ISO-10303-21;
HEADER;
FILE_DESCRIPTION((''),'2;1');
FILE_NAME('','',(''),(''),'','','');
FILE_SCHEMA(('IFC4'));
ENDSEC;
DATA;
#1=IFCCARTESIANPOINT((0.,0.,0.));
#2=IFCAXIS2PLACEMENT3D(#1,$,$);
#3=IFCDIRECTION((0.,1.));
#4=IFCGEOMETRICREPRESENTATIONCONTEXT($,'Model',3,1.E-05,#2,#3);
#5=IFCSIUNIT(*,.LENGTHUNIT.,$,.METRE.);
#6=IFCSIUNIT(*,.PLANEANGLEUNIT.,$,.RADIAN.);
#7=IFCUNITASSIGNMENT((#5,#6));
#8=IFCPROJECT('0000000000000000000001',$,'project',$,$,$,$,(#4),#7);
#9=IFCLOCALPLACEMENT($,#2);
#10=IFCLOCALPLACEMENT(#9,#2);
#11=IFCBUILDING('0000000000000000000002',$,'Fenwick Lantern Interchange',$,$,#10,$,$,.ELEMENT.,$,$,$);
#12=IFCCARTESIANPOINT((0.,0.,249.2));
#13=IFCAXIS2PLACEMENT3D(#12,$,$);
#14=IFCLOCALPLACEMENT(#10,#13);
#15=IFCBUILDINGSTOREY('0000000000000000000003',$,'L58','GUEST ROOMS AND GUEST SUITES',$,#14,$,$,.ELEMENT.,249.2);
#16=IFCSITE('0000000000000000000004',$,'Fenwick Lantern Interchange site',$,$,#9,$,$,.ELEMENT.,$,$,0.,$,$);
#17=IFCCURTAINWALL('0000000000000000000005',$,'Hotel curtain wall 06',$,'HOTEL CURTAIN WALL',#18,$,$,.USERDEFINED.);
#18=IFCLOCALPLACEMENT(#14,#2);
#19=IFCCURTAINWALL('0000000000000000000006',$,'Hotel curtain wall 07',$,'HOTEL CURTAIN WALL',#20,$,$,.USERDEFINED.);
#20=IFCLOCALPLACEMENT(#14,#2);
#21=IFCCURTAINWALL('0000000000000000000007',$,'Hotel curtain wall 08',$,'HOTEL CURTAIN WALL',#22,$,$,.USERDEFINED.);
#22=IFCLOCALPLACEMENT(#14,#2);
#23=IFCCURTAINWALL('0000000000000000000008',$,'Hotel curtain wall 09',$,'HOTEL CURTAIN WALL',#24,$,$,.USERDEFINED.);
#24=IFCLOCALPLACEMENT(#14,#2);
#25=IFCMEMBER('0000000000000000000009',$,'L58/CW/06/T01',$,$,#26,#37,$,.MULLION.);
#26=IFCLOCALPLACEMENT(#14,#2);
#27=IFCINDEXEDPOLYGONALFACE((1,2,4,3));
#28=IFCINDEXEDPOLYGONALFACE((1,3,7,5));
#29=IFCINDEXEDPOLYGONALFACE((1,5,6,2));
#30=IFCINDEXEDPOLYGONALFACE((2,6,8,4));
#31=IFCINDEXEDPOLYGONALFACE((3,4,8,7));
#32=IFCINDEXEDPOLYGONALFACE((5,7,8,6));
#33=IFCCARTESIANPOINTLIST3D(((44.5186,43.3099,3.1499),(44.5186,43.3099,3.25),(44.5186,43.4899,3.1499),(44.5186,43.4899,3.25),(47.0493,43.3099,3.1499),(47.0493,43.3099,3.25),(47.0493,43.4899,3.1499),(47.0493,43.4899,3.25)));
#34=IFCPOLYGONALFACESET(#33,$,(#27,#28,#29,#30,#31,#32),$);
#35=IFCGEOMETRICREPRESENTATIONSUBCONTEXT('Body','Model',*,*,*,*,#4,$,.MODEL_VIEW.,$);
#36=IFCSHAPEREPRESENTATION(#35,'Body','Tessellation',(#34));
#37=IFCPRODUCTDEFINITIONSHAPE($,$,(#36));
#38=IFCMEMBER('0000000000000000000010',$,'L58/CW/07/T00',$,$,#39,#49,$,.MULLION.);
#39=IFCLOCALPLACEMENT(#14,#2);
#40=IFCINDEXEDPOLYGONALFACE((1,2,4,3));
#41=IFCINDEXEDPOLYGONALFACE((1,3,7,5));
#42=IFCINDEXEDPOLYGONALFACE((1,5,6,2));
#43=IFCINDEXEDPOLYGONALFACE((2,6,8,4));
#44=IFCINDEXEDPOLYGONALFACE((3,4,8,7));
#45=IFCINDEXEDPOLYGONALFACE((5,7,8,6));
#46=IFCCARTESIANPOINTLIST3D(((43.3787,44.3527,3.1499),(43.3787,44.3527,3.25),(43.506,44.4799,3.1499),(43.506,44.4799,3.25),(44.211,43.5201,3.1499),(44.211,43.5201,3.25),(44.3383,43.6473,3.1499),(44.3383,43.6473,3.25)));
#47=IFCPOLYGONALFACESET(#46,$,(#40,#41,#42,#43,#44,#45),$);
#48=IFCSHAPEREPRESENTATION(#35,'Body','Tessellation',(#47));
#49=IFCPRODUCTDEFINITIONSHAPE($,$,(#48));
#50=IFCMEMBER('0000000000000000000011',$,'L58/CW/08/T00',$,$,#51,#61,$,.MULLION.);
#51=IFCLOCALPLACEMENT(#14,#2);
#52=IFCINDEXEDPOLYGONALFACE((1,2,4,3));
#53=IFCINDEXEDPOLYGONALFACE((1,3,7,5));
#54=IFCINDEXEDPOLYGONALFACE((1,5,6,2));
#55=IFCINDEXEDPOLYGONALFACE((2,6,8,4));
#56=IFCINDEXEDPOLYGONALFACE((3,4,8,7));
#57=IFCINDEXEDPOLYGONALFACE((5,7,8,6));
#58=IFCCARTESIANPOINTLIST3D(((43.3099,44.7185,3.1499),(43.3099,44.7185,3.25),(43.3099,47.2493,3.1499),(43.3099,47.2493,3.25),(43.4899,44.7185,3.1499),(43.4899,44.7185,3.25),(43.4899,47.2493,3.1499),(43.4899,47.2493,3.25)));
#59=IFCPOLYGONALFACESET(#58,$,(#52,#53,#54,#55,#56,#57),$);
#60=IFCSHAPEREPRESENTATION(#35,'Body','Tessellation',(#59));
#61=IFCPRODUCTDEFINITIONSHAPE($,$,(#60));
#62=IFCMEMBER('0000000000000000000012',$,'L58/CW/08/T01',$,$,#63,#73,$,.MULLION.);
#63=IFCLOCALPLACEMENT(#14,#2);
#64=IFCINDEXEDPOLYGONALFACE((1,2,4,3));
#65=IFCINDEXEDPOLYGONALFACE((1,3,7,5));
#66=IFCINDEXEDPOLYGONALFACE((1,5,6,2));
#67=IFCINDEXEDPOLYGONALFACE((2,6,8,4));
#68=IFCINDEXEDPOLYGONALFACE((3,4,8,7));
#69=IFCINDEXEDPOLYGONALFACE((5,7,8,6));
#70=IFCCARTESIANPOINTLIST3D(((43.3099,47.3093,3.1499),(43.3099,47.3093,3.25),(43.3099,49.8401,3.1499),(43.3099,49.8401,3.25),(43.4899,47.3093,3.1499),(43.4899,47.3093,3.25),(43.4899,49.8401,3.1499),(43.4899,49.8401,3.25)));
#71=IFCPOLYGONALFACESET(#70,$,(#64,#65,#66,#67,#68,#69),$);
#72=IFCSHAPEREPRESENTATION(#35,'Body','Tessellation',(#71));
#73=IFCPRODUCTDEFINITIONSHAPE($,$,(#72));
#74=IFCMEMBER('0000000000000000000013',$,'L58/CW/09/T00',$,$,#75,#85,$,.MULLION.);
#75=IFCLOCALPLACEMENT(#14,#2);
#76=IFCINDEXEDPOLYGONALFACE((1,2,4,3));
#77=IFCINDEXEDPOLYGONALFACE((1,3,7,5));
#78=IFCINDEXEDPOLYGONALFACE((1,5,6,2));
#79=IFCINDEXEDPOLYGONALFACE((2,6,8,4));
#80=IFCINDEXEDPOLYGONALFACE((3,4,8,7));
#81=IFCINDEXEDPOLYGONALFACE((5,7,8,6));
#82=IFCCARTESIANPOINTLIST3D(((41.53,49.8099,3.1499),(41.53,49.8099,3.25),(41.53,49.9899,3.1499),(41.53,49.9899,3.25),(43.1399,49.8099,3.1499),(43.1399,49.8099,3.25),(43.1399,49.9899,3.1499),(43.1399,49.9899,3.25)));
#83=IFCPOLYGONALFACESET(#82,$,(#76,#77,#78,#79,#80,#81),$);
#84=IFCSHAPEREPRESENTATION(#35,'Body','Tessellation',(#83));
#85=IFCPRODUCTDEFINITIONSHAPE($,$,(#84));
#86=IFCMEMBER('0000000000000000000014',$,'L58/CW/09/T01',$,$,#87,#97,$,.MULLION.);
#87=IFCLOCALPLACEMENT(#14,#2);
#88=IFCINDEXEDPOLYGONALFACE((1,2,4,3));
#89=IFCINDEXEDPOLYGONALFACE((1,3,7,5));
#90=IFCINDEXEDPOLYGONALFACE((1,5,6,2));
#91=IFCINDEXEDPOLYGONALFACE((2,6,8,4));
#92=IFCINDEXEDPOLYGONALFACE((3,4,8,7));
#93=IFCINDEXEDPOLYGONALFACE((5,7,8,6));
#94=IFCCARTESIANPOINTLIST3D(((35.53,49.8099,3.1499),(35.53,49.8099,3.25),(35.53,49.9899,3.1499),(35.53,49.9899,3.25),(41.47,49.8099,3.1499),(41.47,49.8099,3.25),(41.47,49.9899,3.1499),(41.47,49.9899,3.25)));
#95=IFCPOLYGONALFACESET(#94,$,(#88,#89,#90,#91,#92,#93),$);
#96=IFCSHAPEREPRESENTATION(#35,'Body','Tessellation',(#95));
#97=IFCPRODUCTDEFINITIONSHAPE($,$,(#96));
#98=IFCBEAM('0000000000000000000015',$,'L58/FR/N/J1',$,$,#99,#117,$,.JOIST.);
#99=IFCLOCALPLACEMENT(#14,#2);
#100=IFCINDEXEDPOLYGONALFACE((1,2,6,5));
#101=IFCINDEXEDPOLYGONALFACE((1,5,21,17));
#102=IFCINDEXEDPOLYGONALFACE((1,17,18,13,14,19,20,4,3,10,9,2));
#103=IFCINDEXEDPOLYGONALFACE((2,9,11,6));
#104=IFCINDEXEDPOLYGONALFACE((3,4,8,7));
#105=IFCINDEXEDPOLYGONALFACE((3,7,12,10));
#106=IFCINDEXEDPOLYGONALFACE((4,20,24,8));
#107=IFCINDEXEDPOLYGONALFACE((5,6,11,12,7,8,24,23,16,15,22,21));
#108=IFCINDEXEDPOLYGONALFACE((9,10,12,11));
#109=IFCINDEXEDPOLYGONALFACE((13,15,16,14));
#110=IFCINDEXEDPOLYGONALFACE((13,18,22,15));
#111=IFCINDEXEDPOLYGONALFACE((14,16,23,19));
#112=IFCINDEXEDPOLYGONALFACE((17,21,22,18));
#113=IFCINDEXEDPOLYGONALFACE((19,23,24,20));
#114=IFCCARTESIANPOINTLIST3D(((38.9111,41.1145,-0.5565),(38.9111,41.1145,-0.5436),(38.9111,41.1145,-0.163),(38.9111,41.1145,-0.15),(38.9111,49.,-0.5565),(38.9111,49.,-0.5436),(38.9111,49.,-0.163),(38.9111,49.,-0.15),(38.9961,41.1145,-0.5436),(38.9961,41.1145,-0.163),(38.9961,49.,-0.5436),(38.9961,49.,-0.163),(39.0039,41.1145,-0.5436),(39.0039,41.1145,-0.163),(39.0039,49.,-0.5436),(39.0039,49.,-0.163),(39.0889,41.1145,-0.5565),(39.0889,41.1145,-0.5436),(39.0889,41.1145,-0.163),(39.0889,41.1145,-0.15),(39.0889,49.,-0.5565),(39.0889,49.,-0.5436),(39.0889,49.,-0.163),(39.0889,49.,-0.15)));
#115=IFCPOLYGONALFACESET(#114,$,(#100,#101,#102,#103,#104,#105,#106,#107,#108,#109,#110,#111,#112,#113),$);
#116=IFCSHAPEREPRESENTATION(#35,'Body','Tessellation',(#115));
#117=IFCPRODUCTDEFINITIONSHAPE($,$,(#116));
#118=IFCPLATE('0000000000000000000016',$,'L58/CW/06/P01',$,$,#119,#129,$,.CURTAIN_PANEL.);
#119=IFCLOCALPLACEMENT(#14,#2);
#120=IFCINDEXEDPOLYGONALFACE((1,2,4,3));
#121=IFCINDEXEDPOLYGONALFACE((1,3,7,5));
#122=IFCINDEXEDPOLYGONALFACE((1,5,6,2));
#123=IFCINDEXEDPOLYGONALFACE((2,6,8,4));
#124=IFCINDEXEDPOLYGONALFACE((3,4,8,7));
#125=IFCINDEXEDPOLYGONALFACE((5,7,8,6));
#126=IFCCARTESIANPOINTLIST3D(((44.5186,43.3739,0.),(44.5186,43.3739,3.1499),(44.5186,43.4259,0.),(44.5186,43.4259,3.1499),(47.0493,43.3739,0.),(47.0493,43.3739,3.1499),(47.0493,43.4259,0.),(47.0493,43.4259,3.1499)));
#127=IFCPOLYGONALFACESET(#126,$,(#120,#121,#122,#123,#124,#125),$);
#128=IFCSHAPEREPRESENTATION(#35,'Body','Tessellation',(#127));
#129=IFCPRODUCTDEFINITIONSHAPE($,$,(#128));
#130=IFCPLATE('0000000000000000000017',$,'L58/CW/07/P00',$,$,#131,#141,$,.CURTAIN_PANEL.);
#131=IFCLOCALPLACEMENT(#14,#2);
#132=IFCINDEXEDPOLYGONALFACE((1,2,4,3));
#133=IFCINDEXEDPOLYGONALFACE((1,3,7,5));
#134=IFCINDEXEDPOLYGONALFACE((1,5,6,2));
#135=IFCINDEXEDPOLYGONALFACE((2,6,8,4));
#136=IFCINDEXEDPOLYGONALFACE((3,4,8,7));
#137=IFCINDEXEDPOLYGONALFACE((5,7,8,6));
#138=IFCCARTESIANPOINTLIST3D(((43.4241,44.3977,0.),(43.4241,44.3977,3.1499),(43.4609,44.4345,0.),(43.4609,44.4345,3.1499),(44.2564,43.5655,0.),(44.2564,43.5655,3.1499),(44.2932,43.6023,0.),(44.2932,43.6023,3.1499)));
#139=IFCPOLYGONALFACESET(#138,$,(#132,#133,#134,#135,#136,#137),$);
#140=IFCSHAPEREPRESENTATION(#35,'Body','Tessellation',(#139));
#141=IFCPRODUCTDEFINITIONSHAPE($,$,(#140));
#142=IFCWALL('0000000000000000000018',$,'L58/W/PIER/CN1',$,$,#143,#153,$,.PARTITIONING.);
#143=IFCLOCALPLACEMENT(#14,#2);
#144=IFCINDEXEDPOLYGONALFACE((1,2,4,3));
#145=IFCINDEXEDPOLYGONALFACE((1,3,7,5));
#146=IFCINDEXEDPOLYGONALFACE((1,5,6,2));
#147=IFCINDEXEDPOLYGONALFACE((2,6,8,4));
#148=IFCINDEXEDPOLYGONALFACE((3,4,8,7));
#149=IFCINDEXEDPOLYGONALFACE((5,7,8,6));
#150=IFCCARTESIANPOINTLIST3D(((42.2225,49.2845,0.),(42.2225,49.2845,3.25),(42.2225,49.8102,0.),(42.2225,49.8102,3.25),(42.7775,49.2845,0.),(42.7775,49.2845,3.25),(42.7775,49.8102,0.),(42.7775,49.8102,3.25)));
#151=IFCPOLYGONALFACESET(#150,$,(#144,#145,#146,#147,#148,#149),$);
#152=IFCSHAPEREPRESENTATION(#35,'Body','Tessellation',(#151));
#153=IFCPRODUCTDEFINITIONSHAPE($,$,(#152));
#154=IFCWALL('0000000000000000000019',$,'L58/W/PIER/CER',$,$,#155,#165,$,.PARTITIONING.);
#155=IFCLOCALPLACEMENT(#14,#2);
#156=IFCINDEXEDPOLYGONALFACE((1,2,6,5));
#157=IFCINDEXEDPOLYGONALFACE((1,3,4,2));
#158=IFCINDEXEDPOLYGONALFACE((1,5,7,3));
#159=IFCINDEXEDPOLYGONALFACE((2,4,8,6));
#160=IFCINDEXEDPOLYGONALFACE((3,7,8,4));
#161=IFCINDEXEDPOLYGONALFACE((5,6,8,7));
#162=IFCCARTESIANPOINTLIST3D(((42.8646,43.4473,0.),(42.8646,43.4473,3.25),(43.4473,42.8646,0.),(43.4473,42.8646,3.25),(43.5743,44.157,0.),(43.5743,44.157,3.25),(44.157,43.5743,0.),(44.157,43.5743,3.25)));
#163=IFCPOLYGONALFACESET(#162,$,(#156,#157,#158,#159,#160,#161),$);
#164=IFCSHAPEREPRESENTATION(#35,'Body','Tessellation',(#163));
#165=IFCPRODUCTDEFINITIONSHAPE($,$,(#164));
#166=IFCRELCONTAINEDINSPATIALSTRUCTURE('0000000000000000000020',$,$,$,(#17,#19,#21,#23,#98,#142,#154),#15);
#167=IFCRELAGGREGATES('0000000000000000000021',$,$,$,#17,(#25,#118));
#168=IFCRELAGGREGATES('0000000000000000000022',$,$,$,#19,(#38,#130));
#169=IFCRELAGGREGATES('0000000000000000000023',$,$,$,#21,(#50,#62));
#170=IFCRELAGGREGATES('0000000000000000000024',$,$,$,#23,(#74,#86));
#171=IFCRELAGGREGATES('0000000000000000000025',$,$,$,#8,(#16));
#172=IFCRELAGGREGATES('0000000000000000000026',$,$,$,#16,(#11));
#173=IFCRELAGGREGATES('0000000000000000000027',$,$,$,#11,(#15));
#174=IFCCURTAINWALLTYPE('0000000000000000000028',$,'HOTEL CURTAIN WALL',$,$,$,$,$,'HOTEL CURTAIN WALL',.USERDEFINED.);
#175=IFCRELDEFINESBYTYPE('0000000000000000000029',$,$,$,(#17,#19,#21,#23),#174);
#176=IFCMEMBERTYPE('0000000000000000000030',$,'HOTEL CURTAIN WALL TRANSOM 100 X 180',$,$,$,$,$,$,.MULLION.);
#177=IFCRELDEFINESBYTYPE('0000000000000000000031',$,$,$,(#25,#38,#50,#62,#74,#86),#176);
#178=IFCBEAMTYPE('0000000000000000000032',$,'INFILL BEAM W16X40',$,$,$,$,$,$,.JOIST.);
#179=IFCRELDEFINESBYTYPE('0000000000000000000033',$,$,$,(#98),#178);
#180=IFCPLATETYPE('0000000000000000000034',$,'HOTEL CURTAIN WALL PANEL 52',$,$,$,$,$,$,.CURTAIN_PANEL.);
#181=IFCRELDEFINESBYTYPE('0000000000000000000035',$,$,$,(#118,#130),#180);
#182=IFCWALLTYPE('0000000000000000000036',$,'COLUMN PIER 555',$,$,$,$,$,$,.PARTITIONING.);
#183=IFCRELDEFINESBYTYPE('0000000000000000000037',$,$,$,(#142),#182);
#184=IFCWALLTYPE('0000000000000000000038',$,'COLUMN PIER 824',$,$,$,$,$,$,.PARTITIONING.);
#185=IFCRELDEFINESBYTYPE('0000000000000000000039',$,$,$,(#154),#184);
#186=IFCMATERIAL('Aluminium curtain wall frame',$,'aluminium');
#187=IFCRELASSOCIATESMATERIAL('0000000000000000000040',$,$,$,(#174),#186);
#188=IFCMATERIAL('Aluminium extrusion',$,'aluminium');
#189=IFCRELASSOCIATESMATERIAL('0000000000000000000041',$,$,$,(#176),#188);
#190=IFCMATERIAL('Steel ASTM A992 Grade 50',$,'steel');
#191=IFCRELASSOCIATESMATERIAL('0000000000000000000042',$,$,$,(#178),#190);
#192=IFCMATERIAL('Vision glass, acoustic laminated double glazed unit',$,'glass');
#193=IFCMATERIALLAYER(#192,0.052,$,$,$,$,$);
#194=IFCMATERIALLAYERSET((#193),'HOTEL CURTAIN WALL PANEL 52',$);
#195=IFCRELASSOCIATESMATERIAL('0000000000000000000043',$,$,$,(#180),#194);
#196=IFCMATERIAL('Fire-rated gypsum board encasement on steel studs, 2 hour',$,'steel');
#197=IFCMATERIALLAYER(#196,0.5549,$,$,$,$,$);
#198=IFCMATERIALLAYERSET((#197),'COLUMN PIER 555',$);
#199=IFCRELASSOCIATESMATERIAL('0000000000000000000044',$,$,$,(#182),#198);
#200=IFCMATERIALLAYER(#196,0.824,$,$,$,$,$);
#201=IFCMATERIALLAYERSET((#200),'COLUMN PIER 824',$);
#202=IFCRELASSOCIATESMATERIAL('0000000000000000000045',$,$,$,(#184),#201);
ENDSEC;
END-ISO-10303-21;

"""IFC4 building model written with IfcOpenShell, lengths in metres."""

from ifc_helpers import new_model, si_unit, direction, frame, frame_2d, origin, origin_2d, place, context, subcontext, project, spatial, rectangle, i_section, extrude, material, layer, layer_set, material_profile, profile_set, type_object, element, aggregate, save


model = new_model("IFC4")

# Units and contexts
model_context = context("Model", 3, precision=1e-05, world=origin(), true_north=direction((0.0, 1.0)))
body_context = subcontext(model_context, "Body", "Model", "MODEL_VIEW")
ifc_project = project(units=[si_unit("LENGTHUNIT", "METRE"), si_unit("PLANEANGLEUNIT", "RADIAN")], contexts=[model_context])

# Site, building, storey
site_placement = place(None, origin())
site = spatial("IfcSite", under=ifc_project, at=site_placement, Name="Fenwick Lantern Interchange site", CompositionType="ELEMENT", RefElevation=0.0)
building_placement = place(site_placement, origin())
building = spatial("IfcBuilding", under=site, at=building_placement, Name="Fenwick Lantern Interchange", CompositionType="ELEMENT")
storey_placement = place(building_placement, frame((0.0, 0.0, 249.2)))
storey = spatial("IfcBuildingStorey", under=building, at=storey_placement, Name="L58", Description="GUEST ROOMS AND GUEST SUITES", CompositionType="ELEMENT", Elevation=249.2)

# Shared definitions
ifc_material_1 = material(Name="Steel ASTM A992 Grade 50", Category="steel")

# Curtain walls
ifc_material_2 = material(Name="Aluminium curtain wall frame", Category="aluminium")
curtain_wall_type = type_object("IfcCurtainWallType", Name="HOTEL CURTAIN WALL", ElementType="HOTEL CURTAIN WALL", PredefinedType="USERDEFINED", material=ifc_material_2)
curtain_wall_1_placement = place(storey_placement, origin())
curtain_wall_1 = element("IfcCurtainWall", 1, at=curtain_wall_1_placement, inside=storey, type_object=curtain_wall_type, Name="Hotel curtain wall 06", ObjectType="HOTEL CURTAIN WALL", PredefinedType="USERDEFINED")
ifc_material_3 = material(Name="Aluminium extrusion", Category="aluminium")
curtain_wall_2_placement = place(storey_placement, origin())
curtain_wall_2 = element("IfcCurtainWall", 2, at=curtain_wall_2_placement, inside=storey, type_object=curtain_wall_type, Name="Hotel curtain wall 07", ObjectType="HOTEL CURTAIN WALL", PredefinedType="USERDEFINED")
curtain_wall_3_placement = place(storey_placement, origin())
curtain_wall_3 = element("IfcCurtainWall", 3, at=curtain_wall_3_placement, inside=storey, type_object=curtain_wall_type, Name="Hotel curtain wall 08", ObjectType="HOTEL CURTAIN WALL", PredefinedType="USERDEFINED")
curtain_wall_4_placement = place(storey_placement, origin())
curtain_wall_4 = element("IfcCurtainWall", 4, at=curtain_wall_4_placement, inside=storey, type_object=curtain_wall_type, Name="Hotel curtain wall 09", ObjectType="HOTEL CURTAIN WALL", PredefinedType="USERDEFINED")

# Members
ifc_material_profile_1 = material_profile(ifc_material_3, rectangle(XDim=0.1799, YDim=0.1001, at=origin_2d()), Name="HOTEL CURTAIN WALL TRANSOM 100 X 180")
ifc_profile_set_1 = profile_set([ifc_material_profile_1], Name="Aluminium extrusion")
member_type_1 = type_object("IfcMemberType", Name="HOTEL CURTAIN WALL TRANSOM 100 X 180", PredefinedType="MULLION", material=ifc_profile_set_1)
member_1_placement = place(storey_placement, frame((47.0493, 43.3999, 3.2), z_axis=(-1.0, 0.0, 0.0), x_axis=(0.0, -1.0, 0.0)))
member_1 = element("IfcMember", 5, at=member_1_placement, type_object=member_type_1, Name="L58/CW/06/T01", PredefinedType="MULLION", context=body_context, shape_type="SweptSolid", body=[
    extrude(rectangle(XDim=0.1799, YDim=0.1001, at=origin_2d()), origin(), (0.0, 0.0, 1.0), 2.5308),
])
member_2_placement = place(storey_placement, frame((44.2747, 43.5837, 3.2), z_axis=(-0.707003, 0.70721, 0.0), x_axis=(-0.70721, -0.707003, 0.0)))
member_2 = element("IfcMember", 6, at=member_2_placement, type_object=member_type_1, Name="L58/CW/07/T00", PredefinedType="MULLION", context=body_context, shape_type="SweptSolid", body=[
    extrude(rectangle(XDim=0.1799, YDim=0.1001, at=origin_2d()), origin(), (0.0, 0.0, 1.0), 1.1772),
])
member_3_placement = place(storey_placement, frame((43.3999, 44.7185, 3.2), z_axis=(0.0, 1.0, 0.0), x_axis=(-1.0, 0.0, 0.0)))
member_3 = element("IfcMember", 7, at=member_3_placement, type_object=member_type_1, Name="L58/CW/08/T00", PredefinedType="MULLION", context=body_context, shape_type="SweptSolid", body=[
    extrude(rectangle(XDim=0.1799, YDim=0.1001, at=origin_2d()), origin(), (0.0, 0.0, 1.0), 2.5308),
])
member_4_placement = place(storey_placement, frame((43.3999, 47.3093, 3.2), z_axis=(0.0, 1.0, 0.0), x_axis=(-1.0, 0.0, 0.0)))
member_4 = element("IfcMember", 8, at=member_4_placement, type_object=member_type_1, Name="L58/CW/08/T01", PredefinedType="MULLION", context=body_context, shape_type="SweptSolid", body=[
    extrude(rectangle(XDim=0.1799, YDim=0.1001, at=origin_2d()), origin(), (0.0, 0.0, 1.0), 2.5308),
])
member_5_placement = place(storey_placement, frame((43.1399, 49.8999, 3.2), z_axis=(-1.0, 0.0, 0.0), x_axis=(0.0, -1.0, 0.0)))
member_5 = element("IfcMember", 9, at=member_5_placement, type_object=member_type_1, Name="L58/CW/09/T00", PredefinedType="MULLION", context=body_context, shape_type="SweptSolid", body=[
    extrude(rectangle(XDim=0.1799, YDim=0.1001, at=origin_2d()), origin(), (0.0, 0.0, 1.0), 1.6099),
])
member_6_placement = place(storey_placement, frame((41.47, 49.8999, 3.2), z_axis=(-1.0, 0.0, 0.0), x_axis=(0.0, -1.0, 0.0)))
member_6 = element("IfcMember", 10, at=member_6_placement, type_object=member_type_1, Name="L58/CW/09/T01", PredefinedType="MULLION", context=body_context, shape_type="SweptSolid", body=[
    extrude(rectangle(XDim=0.1799, YDim=0.1001, at=origin_2d()), origin(), (0.0, 0.0, 1.0), 5.9399),
])

# Beam
ifc_material_profile_2 = material_profile(ifc_material_1, i_section(OverallWidth=0.1777, OverallDepth=0.4065, WebThickness=0.0078, FlangeThickness=0.0129, at=origin_2d()), Name="W16X40")
ifc_profile_set_2 = profile_set([ifc_material_profile_2], Name="Steel ASTM A992 Grade 50")
beam_type_1 = type_object("IfcBeamType", Name="INFILL BEAM W16X40", PredefinedType="JOIST", material=ifc_profile_set_2)
beam_1_placement = place(storey_placement, frame((39.0, 49.0, -0.3533), z_axis=(0.0, -1.0, 0.0), x_axis=(1.0, 0.0, 0.0)))
element("IfcBeam", 11, at=beam_1_placement, inside=storey, type_object=beam_type_1, Name="L58/FR/N/J1", PredefinedType="JOIST", context=body_context, shape_type="SweptSolid", body=[
    extrude(i_section(OverallWidth=0.1777, OverallDepth=0.4065, WebThickness=0.0078, FlangeThickness=0.0129, at=origin_2d()), origin(), (0.0, 0.0, 1.0), 7.8855),
])

# Plates
ifc_material_4 = material(Name="Vision glass, acoustic laminated double glazed unit", Category="glass")
ifc_layer_1 = layer(ifc_material_4, 0.052)
ifc_layer_set_1 = layer_set([ifc_layer_1], Name="HOTEL CURTAIN WALL PANEL 52")
plate_type = type_object("IfcPlateType", Name="HOTEL CURTAIN WALL PANEL 52", PredefinedType="CURTAIN_PANEL", material=ifc_layer_set_1)
plate_1_placement = place(storey_placement, frame((45.7839, 43.3999, 0.0), z_axis=(0.0, 0.0, 1.0), x_axis=(-1.0, 0.0, 0.0)))
plate_1 = element("IfcPlate", 12, at=plate_1_placement, type_object=plate_type, Name="L58/CW/06/P01", PredefinedType="CURTAIN_PANEL", context=body_context, shape_type="SweptSolid", body=[
    extrude(rectangle(XDim=2.5308, YDim=0.052, at=origin_2d()), origin(), (0.0, 0.0, 1.0), 3.1499),
])
aggregate(curtain_wall_1, [member_1, plate_1])
plate_2_placement = place(storey_placement, frame((43.8586, 44.0, 0.0), z_axis=(0.0, 0.0, 1.0), x_axis=(-0.707107, 0.707107, 0.0)))
plate_2 = element("IfcPlate", 13, at=plate_2_placement, type_object=plate_type, Name="L58/CW/07/P00", PredefinedType="CURTAIN_PANEL", context=body_context, shape_type="SweptSolid", body=[
    extrude(rectangle(XDim=1.177, YDim=0.052, at=origin_2d()), origin(), (0.0, 0.0, 1.0), 3.1499),
])
aggregate(curtain_wall_2, [member_2, plate_2])
aggregate(curtain_wall_3, [member_3, member_4])
aggregate(curtain_wall_4, [member_5, member_6])

# Walls
ifc_material_5 = material(Name="Fire-rated gypsum board encasement on steel studs, 2 hour", Category="steel")
ifc_layer_2 = layer(ifc_material_5, 0.5549)
ifc_layer_set_2 = layer_set([ifc_layer_2], Name="COLUMN PIER 555")
wall_type_1 = type_object("IfcWallType", Name="COLUMN PIER 555", PredefinedType="PARTITIONING", material=ifc_layer_set_2)
wall_1_placement = place(storey_placement, frame((42.5, 49.8101, 0.0), z_axis=(0.0, 0.0, 1.0), x_axis=(0.0, -1.0, 0.0)))
element("IfcWall", 14, at=wall_1_placement, inside=storey, type_object=wall_type_1, Name="L58/W/PIER/CN1", PredefinedType="PARTITIONING", context=body_context, shape_type="SweptSolid", body=[
    extrude(rectangle(XDim=0.5256, YDim=0.5549, at=frame_2d((0.2627, 0.0))), origin(), (0.0, 0.0, 1.0), 3.25),
])
ifc_layer_3 = layer(ifc_material_5, 0.824)
ifc_layer_set_3 = layer_set([ifc_layer_3], Name="COLUMN PIER 824")
wall_type_2 = type_object("IfcWallType", Name="COLUMN PIER 824", PredefinedType="PARTITIONING", material=ifc_layer_set_3)
wall_2_placement = place(storey_placement, frame((43.8657, 43.8657, 0.0), z_axis=(0.0, 0.0, 1.0), x_axis=(-0.707107, -0.707107, 0.0)))
element("IfcWall", 15, at=wall_2_placement, inside=storey, type_object=wall_type_2, Name="L58/W/PIER/CER", PredefinedType="PARTITIONING", context=body_context, shape_type="SweptSolid", body=[
    extrude(rectangle(XDim=1.0037, YDim=0.824, at=frame_2d((0.502, 0.0))), origin(), (0.0, 0.0, 1.0), 3.25),
])

save(model, "model.ifc")
